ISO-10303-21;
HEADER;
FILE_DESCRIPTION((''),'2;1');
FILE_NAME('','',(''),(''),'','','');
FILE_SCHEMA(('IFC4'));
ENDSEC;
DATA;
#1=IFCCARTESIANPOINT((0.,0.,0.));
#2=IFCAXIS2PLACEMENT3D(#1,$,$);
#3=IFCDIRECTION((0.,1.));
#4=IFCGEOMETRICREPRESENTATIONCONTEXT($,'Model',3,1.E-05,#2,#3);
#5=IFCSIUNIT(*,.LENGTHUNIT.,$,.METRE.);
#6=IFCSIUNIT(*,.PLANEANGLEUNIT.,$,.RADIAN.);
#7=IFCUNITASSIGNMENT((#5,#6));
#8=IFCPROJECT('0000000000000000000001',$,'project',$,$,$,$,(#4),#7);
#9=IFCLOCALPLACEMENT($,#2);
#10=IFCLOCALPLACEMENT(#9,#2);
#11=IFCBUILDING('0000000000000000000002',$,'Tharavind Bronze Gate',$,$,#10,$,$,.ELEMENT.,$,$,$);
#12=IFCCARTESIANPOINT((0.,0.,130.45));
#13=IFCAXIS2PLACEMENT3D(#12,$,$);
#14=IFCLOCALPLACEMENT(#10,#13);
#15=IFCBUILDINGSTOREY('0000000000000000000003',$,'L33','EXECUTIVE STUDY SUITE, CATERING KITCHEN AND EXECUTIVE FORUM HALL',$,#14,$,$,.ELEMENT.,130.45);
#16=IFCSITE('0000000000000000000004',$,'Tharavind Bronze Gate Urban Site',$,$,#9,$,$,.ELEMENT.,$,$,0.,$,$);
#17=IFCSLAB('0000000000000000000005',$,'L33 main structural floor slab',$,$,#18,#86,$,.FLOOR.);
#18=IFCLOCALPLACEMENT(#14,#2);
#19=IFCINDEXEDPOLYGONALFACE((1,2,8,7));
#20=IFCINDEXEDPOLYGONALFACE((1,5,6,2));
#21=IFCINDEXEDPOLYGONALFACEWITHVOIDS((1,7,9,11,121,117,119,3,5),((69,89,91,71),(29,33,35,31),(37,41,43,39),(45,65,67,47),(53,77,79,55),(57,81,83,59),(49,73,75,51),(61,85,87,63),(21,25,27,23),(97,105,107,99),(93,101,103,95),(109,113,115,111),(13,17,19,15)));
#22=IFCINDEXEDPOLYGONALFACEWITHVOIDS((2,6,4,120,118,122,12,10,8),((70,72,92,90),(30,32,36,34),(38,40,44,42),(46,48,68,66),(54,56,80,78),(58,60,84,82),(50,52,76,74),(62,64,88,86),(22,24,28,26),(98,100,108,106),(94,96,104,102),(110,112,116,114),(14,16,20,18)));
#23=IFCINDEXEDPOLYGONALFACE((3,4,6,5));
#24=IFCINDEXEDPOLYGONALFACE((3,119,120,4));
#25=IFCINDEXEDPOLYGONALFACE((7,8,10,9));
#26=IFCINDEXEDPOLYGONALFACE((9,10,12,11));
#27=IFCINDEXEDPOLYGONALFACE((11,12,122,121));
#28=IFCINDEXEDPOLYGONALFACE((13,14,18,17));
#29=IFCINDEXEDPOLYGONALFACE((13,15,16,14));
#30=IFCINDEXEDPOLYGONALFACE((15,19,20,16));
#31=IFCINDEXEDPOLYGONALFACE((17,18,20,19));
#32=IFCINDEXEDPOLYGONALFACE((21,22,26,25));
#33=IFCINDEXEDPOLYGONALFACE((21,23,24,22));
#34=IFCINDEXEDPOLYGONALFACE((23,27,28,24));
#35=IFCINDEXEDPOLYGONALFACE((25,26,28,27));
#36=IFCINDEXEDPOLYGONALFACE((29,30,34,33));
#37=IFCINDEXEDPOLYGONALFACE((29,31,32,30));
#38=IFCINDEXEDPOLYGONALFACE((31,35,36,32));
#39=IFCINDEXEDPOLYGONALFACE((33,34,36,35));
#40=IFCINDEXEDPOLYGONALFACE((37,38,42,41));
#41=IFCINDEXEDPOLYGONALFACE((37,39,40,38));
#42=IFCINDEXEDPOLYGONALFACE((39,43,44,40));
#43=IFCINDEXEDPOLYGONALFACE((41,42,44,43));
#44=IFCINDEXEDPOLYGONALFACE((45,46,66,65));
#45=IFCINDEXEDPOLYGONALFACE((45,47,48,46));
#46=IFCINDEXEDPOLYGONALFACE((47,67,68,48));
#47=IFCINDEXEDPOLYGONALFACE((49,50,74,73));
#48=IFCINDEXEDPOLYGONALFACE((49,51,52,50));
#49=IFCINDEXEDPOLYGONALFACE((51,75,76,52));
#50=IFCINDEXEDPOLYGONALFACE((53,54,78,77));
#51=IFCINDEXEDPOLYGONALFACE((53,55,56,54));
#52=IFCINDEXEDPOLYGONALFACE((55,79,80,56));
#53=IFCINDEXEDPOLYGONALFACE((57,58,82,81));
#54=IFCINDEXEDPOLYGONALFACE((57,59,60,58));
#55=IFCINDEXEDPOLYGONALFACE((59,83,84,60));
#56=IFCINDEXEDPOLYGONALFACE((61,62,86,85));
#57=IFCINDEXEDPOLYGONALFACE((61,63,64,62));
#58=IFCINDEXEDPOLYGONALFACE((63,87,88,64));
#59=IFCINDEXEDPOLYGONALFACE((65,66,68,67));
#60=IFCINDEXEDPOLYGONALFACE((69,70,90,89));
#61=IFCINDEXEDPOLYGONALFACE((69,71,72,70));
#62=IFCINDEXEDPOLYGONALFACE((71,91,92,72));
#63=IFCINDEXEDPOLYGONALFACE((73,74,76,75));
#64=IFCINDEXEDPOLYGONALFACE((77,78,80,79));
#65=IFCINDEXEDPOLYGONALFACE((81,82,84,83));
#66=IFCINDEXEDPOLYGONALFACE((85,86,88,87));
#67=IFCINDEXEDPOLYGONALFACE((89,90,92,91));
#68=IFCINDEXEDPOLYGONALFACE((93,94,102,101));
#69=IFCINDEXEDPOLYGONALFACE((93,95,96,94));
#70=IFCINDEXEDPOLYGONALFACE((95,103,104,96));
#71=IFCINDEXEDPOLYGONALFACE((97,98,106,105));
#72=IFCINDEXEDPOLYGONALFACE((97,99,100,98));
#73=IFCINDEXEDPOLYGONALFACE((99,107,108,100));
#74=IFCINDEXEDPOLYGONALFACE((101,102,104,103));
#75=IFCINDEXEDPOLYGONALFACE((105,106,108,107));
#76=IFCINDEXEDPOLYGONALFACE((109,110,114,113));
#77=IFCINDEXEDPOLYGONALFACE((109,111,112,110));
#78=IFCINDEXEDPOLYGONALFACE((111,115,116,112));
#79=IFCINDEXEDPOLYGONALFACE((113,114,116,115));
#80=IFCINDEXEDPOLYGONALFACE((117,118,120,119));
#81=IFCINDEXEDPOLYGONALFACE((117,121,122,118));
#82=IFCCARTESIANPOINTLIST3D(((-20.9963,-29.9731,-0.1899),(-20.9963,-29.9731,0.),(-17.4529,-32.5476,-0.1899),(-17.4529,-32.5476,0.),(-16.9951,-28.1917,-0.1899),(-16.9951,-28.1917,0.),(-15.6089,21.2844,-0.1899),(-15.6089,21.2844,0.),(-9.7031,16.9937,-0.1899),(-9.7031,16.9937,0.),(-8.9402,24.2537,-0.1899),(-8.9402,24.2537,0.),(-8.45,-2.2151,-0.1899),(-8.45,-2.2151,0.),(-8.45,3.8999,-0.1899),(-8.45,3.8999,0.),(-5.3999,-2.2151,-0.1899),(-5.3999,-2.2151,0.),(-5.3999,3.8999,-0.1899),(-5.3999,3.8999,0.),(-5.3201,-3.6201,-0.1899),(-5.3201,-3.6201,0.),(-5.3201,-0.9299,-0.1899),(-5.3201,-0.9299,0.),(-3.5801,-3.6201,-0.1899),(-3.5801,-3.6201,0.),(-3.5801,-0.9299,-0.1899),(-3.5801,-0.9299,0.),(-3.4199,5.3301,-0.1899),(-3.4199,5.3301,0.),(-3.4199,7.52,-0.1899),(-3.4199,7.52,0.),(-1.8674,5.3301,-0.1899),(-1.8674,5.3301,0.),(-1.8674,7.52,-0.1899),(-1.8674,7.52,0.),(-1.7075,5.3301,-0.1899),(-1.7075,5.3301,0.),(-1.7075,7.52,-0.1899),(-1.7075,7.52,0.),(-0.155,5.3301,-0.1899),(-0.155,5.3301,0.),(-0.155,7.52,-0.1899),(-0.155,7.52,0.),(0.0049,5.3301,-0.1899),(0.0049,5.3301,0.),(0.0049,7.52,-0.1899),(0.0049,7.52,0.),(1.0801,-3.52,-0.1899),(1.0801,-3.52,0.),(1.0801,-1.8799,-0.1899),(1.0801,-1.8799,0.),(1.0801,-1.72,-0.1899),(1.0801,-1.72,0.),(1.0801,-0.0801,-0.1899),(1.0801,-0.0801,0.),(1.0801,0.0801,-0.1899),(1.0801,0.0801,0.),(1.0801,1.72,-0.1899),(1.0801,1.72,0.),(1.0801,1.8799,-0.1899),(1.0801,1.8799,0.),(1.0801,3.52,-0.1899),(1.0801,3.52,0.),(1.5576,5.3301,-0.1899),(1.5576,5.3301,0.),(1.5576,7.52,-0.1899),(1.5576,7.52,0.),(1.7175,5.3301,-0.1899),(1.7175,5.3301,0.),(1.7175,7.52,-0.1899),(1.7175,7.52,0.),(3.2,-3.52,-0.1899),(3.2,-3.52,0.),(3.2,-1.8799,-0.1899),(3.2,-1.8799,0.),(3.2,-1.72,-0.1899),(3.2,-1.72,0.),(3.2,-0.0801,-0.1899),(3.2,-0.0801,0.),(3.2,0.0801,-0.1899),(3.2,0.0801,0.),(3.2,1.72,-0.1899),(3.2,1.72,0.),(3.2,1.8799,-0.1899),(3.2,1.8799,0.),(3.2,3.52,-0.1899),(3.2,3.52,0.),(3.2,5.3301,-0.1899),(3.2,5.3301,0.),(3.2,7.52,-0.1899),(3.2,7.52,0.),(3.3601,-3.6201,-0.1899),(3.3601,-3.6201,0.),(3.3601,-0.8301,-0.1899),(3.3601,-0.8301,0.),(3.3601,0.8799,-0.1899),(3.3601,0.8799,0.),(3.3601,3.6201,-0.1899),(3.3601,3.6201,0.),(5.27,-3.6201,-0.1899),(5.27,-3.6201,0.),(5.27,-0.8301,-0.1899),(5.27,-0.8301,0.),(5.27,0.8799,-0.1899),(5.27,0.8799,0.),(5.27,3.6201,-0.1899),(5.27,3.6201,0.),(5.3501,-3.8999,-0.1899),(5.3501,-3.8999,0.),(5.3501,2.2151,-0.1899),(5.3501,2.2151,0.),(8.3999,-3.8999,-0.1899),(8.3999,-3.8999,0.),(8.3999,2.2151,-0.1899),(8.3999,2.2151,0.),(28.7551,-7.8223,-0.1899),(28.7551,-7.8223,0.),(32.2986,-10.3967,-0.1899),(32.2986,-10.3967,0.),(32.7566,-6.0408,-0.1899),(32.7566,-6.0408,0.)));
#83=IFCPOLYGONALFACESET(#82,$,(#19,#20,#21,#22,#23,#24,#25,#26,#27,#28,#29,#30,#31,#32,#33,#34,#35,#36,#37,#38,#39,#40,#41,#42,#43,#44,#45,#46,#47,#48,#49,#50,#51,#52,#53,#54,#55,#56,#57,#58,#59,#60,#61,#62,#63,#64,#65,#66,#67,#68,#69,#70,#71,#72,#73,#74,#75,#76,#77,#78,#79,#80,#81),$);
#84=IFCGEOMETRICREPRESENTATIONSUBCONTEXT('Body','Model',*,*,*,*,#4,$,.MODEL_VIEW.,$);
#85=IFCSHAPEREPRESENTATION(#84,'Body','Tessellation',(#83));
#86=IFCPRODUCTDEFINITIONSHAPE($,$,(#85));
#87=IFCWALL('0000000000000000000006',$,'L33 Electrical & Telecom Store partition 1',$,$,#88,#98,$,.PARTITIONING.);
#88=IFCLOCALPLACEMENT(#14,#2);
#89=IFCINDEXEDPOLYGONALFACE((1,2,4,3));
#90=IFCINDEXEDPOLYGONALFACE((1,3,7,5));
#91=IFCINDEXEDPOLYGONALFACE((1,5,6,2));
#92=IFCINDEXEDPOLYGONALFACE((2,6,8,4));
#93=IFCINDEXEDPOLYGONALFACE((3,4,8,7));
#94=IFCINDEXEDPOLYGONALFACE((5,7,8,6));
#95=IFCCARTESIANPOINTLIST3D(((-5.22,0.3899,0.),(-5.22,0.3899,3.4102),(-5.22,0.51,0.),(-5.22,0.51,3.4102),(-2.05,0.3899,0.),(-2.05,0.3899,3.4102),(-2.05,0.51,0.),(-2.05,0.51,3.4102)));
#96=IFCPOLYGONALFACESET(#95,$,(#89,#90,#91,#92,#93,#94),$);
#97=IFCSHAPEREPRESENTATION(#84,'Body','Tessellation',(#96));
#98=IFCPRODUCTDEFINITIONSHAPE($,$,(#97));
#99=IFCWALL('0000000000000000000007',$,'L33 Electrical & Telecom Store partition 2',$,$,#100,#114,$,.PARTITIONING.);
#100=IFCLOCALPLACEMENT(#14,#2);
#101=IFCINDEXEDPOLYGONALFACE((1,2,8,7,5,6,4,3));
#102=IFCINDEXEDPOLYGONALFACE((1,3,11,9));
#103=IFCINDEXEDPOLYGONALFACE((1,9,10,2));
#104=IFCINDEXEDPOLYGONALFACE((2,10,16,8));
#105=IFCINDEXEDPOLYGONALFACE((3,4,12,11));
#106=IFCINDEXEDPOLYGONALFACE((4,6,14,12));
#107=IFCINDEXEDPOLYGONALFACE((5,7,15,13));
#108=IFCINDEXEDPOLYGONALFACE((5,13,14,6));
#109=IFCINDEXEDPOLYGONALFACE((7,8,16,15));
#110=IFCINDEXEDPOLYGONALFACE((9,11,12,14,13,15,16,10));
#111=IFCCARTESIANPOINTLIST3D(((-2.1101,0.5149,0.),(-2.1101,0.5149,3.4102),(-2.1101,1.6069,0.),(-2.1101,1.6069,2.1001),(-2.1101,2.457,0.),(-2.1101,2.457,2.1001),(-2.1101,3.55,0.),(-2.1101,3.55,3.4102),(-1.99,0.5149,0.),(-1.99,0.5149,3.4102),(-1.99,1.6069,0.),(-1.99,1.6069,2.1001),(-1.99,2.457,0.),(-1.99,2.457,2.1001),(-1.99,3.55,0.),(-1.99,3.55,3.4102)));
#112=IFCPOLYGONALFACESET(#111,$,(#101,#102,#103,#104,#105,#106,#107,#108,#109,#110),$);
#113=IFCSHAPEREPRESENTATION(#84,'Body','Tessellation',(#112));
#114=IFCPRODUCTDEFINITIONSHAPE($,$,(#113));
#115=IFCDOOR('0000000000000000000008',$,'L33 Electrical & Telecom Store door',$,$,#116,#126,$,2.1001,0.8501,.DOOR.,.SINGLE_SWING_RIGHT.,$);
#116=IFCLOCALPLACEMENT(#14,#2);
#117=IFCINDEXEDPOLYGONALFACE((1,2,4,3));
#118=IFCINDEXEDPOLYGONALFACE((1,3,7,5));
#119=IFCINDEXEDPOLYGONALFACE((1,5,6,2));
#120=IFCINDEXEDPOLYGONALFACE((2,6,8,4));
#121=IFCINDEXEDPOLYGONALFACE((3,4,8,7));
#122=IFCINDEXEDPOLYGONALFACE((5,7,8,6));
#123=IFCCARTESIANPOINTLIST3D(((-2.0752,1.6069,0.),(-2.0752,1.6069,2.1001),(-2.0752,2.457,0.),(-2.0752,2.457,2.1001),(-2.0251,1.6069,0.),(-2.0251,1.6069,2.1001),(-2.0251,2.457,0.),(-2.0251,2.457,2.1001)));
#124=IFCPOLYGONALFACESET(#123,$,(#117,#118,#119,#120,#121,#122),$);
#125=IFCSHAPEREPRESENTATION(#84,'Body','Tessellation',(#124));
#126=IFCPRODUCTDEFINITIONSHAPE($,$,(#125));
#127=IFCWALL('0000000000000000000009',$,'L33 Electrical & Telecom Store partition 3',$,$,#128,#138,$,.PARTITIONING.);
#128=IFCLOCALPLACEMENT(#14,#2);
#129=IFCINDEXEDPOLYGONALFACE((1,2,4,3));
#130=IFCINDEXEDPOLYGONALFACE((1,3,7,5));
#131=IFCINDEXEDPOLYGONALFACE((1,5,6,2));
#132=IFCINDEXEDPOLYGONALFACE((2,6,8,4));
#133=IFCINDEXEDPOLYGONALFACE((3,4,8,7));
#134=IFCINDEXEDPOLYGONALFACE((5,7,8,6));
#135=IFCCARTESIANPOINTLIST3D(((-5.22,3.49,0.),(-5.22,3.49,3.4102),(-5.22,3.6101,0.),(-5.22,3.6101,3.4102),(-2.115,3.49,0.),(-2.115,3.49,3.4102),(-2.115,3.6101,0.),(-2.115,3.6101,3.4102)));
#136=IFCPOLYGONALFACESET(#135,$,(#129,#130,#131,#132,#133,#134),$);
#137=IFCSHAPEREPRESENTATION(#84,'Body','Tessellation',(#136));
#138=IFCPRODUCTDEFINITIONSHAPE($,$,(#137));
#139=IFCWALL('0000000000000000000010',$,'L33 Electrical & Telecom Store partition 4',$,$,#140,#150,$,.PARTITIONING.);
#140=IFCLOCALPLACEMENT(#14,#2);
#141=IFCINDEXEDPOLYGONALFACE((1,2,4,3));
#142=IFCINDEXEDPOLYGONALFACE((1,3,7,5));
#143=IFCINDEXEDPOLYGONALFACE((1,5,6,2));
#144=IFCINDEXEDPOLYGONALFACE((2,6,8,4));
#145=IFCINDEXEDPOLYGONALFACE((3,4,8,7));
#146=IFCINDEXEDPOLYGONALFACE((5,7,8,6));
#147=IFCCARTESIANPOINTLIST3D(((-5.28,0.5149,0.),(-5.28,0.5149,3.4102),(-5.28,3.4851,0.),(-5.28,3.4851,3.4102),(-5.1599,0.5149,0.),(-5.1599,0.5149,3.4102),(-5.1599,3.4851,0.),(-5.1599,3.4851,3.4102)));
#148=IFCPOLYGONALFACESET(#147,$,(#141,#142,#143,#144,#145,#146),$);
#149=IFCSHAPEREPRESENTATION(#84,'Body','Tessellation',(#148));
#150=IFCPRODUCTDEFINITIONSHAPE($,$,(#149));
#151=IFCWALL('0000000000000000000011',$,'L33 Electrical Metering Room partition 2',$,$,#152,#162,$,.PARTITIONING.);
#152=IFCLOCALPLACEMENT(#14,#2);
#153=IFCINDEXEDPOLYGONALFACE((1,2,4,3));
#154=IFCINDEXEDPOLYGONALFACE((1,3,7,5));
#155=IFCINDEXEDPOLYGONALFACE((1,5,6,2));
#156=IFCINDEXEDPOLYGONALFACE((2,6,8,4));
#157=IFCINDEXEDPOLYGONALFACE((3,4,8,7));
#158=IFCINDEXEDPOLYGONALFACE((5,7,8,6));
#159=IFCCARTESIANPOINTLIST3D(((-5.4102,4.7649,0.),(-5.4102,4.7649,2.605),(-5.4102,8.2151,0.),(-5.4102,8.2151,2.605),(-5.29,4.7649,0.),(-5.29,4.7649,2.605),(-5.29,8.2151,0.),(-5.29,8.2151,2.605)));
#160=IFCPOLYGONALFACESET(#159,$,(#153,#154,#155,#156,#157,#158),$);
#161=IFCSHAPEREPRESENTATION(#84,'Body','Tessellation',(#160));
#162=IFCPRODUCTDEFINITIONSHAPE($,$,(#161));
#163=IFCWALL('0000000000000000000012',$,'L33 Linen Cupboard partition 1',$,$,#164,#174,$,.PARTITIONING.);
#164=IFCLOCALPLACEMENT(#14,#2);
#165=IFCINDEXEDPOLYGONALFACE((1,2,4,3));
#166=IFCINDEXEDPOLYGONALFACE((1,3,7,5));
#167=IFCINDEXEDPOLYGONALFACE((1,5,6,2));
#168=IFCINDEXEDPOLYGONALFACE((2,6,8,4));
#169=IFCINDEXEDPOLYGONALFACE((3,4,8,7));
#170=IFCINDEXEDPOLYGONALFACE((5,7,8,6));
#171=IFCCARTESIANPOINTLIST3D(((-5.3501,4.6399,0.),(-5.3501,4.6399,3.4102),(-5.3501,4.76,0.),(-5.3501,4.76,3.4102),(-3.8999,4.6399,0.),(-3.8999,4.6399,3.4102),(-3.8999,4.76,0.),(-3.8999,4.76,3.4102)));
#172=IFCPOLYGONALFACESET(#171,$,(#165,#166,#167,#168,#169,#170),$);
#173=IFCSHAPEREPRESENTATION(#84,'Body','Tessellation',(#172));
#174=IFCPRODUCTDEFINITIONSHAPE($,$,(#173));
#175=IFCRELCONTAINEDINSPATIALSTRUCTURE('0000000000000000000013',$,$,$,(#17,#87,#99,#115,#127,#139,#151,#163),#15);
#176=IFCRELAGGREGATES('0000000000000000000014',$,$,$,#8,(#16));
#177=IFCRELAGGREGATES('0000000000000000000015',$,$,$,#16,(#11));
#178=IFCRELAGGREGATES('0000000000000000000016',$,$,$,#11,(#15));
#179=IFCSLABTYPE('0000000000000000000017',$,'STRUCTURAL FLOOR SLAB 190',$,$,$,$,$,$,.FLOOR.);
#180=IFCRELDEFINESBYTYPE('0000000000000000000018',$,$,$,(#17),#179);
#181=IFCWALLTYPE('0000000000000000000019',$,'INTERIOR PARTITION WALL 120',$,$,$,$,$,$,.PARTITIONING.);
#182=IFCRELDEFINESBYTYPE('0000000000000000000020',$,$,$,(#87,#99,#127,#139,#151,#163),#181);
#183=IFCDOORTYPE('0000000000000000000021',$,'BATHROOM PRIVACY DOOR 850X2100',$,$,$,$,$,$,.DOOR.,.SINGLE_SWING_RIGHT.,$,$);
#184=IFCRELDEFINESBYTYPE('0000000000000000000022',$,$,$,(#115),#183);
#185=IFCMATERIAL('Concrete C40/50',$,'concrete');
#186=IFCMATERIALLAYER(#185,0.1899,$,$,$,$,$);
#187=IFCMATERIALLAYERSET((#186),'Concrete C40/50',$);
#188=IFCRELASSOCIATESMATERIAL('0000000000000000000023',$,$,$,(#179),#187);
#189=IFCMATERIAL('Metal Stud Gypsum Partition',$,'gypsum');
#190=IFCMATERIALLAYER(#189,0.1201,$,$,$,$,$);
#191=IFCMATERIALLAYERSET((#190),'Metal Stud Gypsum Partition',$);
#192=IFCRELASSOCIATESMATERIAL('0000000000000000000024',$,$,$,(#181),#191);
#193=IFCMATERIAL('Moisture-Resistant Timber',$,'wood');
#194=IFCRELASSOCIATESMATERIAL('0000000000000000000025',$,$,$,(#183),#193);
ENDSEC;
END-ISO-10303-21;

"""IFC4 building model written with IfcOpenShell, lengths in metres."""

from ifc_helpers import new_model, si_unit, direction, frame, frame_2d, origin, place, context, subcontext, project, spatial, polyline, rectangle, outline, extrude, material, layer, layer_set, type_object, element, fill, save


model = new_model("IFC4")

# Units and contexts
model_context = context("Model", 3, precision=1e-05, world=origin(), true_north=direction((0.0, 1.0)))
body_context = subcontext(model_context, "Body", "Model", "MODEL_VIEW")
ifc_project = project(units=[si_unit("LENGTHUNIT", "METRE"), si_unit("PLANEANGLEUNIT", "RADIAN")], contexts=[model_context])

# Site, building, storey
site_placement = place(None, origin())
site = spatial("IfcSite", under=ifc_project, at=site_placement, Name="Tharavind Bronze Gate Urban Site", CompositionType="ELEMENT", RefElevation=0.0)
building_placement = place(site_placement, origin())
building = spatial("IfcBuilding", under=site, at=building_placement, Name="Tharavind Bronze Gate", CompositionType="ELEMENT")
storey_placement = place(building_placement, frame((0.0, 0.0, 130.45)))
storey = spatial("IfcBuildingStorey", under=building, at=storey_placement, Name="L33", Description="EXECUTIVE STUDY SUITE, CATERING KITCHEN AND EXECUTIVE FORUM HALL", CompositionType="ELEMENT", Elevation=130.45)

# Slab
ifc_material_1 = material(Name="Concrete C40/50", Category="concrete")
ifc_layer_1 = layer(ifc_material_1, 0.1899)
ifc_layer_set_1 = layer_set([ifc_layer_1], Name="Concrete C40/50")
slab_type = type_object("IfcSlabType", Name="STRUCTURAL FLOOR SLAB 190", PredefinedType="FLOOR", material=ifc_layer_set_1)
slab_placement = place(storey_placement, frame((0.0, 0.0, -0.1899)))
element("IfcSlab", 1, at=slab_placement, inside=storey, type_object=slab_type, Name="L33 main structural floor slab", PredefinedType="FLOOR", context=body_context, shape_type="SweptSolid", body=[
    extrude(outline(polyline([(-8.9402, 24.2537), (-9.7031, 16.9937), (-15.6089, 21.2844), (-20.9963, -29.9731), (-16.9951, -28.1917), (-17.4529, -32.5476), (32.2986, -10.3967), (28.7551, -7.8223), (32.7566, -6.0408), (-8.9402, 24.2537)]), holes=[polyline([(-5.3999, -2.2151), (-5.3999, 3.8999), (-8.45, 3.8999), (-8.45, -2.2151), (-5.3999, -2.2151)]), polyline([(5.3501, 2.2151), (5.3501, -3.8999), (8.3999, -3.8999), (8.3999, 2.2151), (5.3501, 2.2151)]), polyline([(-3.4199, 5.3301), (-1.8674, 5.3301), (-1.8674, 7.52), (-3.4199, 7.52), (-3.4199, 5.3301)]), polyline([(-1.7075, 5.3301), (-0.155, 5.3301), (-0.155, 7.52), (-1.7075, 7.52), (-1.7075, 5.3301)]), polyline([(0.0049, 5.3301), (1.5576, 5.3301), (1.5576, 7.52), (0.0049, 7.52), (0.0049, 5.3301)]), polyline([(1.7175, 5.3301), (3.2, 5.3301), (3.2, 7.52), (1.7175, 7.52), (1.7175, 5.3301)]), polyline([(1.0801, -3.52), (3.2, -3.52), (3.2, -1.8799), (1.0801, -1.8799), (1.0801, -3.52)]), polyline([(1.0801, -1.72), (3.2, -1.72), (3.2, -0.0801), (1.0801, -0.0801), (1.0801, -1.72)]), polyline([(1.0801, 0.0801), (3.2, 0.0801), (3.2, 1.72), (1.0801, 1.72), (1.0801, 0.0801)]), polyline([(1.0801, 1.8799), (3.2, 1.8799), (3.2, 3.52), (1.0801, 3.52), (1.0801, 1.8799)]), polyline([(-5.3201, -3.6201), (-3.5801, -3.6201), (-3.5801, -0.9299), (-5.3201, -0.9299), (-5.3201, -3.6201)]), polyline([(3.3601, 0.8799), (5.27, 0.8799), (5.27, 3.6201), (3.3601, 3.6201), (3.3601, 0.8799)]), polyline([(3.3601, -3.6201), (5.27, -3.6201), (5.27, -0.8301), (3.3601, -0.8301), (3.3601, -3.6201)])]), origin(), (0.0, 0.0, 1.0), 0.1899),
])

# Wall
ifc_material_2 = material(Name="Metal Stud Gypsum Partition", Category="gypsum")
ifc_layer_2 = layer(ifc_material_2, 0.1201)
ifc_layer_set_2 = layer_set([ifc_layer_2], Name="Metal Stud Gypsum Partition")
wall_type_1 = type_object("IfcWallType", Name="INTERIOR PARTITION WALL 120", PredefinedType="PARTITIONING", material=ifc_layer_set_2)
wall_1_placement = place(storey_placement, frame((-5.22, 0.45, 0.0), z_axis=(0.0, 0.0, 1.0), x_axis=(1.0, 0.0, 0.0)))
element("IfcWall", 2, at=wall_1_placement, inside=storey, type_object=wall_type_1, Name="L33 Electrical & Telecom Store partition 1", PredefinedType="PARTITIONING", context=body_context, shape_type="SweptSolid", body=[
    extrude(rectangle(XDim=3.1699, YDim=0.1201, at=frame_2d((1.585, 0.0))), origin(), (0.0, 0.0, 1.0), 3.4102),
])

# Wall, opening, door
wall_2_placement = place(storey_placement, frame((-2.05, 0.5149, 0.0), z_axis=(0.0, 0.0, 1.0), x_axis=(0.0, 1.0, 0.0)))
wall_2 = element("IfcWall", 3, at=wall_2_placement, inside=storey, type_object=wall_type_1, Name="L33 Electrical & Telecom Store partition 2", PredefinedType="PARTITIONING", context=body_context, shape_type="SweptSolid", body=[
    extrude(rectangle(XDim=3.0352, YDim=0.1201, at=frame_2d((1.5176, 0.0))), origin(), (0.0, 0.0, 1.0), 3.4102),
])
opening_1_placement = place(wall_2_placement, frame((1.092, 0.0, 0.0)))
opening_1 = element("IfcOpeningElement", 4, at=opening_1_placement, cuts=wall_2, PredefinedType="OPENING", context=body_context, shape_type="SweptSolid", body=[
    extrude(rectangle(XDim=0.8501, YDim=2.1001, at=frame_2d((0.425, 1.05))), frame((0.0, 0.0701, 0.0), z_axis=(0.0, -1.0, 0.0), x_axis=(1.0, 0.0, 0.0)), (0.0, 0.0, 1.0), 0.1401),
])
ifc_material_3 = material(Name="Moisture-Resistant Timber", Category="wood")
door_type_1 = type_object("IfcDoorType", Name="BATHROOM PRIVACY DOOR 850X2100", OperationType="SINGLE_SWING_RIGHT", PredefinedType="DOOR", material=ifc_material_3)
door_1_placement = place(opening_1_placement, frame((0.8501, 0.0, 0.0), z_axis=(0.0, 0.0, 1.0), x_axis=(-1.0, 0.0, 0.0)))
door_1 = element("IfcDoor", 5, at=door_1_placement, inside=storey, type_object=door_type_1, Name="L33 Electrical & Telecom Store door", OperationType="SINGLE_SWING_RIGHT", OverallHeight=2.1001, OverallWidth=0.8501, PredefinedType="DOOR", context=body_context, shape_type="SweptSolid", body=[
    extrude(rectangle(XDim=0.8501, YDim=2.1001, at=frame_2d((0.425, 1.05))), frame((0.0, 0.0249, 0.0), z_axis=(0.0, -1.0, 0.0), x_axis=(1.0, 0.0, 0.0)), (0.0, 0.0, 1.0), 0.05),
])
fill(opening_1, door_1)

# Walls
wall_3_placement = place(storey_placement, frame((-2.115, 3.55, 0.0), z_axis=(0.0, 0.0, 1.0), x_axis=(-1.0, 0.0, 0.0)))
element("IfcWall", 6, at=wall_3_placement, inside=storey, type_object=wall_type_1, Name="L33 Electrical & Telecom Store partition 3", PredefinedType="PARTITIONING", context=body_context, shape_type="SweptSolid", body=[
    extrude(rectangle(XDim=3.105, YDim=0.1201, at=frame_2d((1.5525, 0.0))), origin(), (0.0, 0.0, 1.0), 3.4102),
])
wall_4_placement = place(storey_placement, frame((-5.22, 3.4851, 0.0), z_axis=(0.0, 0.0, 1.0), x_axis=(0.0, -1.0, 0.0)))
element("IfcWall", 7, at=wall_4_placement, inside=storey, type_object=wall_type_1, Name="L33 Electrical & Telecom Store partition 4", PredefinedType="PARTITIONING", context=body_context, shape_type="SweptSolid", body=[
    extrude(rectangle(XDim=2.9702, YDim=0.1201, at=frame_2d((1.4851, 0.0))), origin(), (0.0, 0.0, 1.0), 3.4102),
])
wall_5_placement = place(storey_placement, frame((-5.3501, 4.7649, 0.0), z_axis=(0.0, 0.0, 1.0), x_axis=(0.0, 1.0, 0.0)))
element("IfcWall", 8, at=wall_5_placement, inside=storey, type_object=wall_type_1, Name="L33 Electrical Metering Room partition 2", PredefinedType="PARTITIONING", context=body_context, shape_type="SweptSolid", body=[
    extrude(rectangle(XDim=3.4502, YDim=0.1201, at=frame_2d((1.7251, 0.0))), origin(), (0.0, 0.0, 1.0), 2.605),
])
wall_6_placement = place(storey_placement, frame((-5.3501, 4.7, 0.0), z_axis=(0.0, 0.0, 1.0), x_axis=(1.0, 0.0, 0.0)))
element("IfcWall", 9, at=wall_6_placement, inside=storey, type_object=wall_type_1, Name="L33 Linen Cupboard partition 1", PredefinedType="PARTITIONING", context=body_context, shape_type="SweptSolid", body=[
    extrude(rectangle(XDim=1.4502, YDim=0.1201, at=frame_2d((0.7251, 0.0))), origin(), (0.0, 0.0, 1.0), 3.4102),
])

save(model, "model.ifc")
